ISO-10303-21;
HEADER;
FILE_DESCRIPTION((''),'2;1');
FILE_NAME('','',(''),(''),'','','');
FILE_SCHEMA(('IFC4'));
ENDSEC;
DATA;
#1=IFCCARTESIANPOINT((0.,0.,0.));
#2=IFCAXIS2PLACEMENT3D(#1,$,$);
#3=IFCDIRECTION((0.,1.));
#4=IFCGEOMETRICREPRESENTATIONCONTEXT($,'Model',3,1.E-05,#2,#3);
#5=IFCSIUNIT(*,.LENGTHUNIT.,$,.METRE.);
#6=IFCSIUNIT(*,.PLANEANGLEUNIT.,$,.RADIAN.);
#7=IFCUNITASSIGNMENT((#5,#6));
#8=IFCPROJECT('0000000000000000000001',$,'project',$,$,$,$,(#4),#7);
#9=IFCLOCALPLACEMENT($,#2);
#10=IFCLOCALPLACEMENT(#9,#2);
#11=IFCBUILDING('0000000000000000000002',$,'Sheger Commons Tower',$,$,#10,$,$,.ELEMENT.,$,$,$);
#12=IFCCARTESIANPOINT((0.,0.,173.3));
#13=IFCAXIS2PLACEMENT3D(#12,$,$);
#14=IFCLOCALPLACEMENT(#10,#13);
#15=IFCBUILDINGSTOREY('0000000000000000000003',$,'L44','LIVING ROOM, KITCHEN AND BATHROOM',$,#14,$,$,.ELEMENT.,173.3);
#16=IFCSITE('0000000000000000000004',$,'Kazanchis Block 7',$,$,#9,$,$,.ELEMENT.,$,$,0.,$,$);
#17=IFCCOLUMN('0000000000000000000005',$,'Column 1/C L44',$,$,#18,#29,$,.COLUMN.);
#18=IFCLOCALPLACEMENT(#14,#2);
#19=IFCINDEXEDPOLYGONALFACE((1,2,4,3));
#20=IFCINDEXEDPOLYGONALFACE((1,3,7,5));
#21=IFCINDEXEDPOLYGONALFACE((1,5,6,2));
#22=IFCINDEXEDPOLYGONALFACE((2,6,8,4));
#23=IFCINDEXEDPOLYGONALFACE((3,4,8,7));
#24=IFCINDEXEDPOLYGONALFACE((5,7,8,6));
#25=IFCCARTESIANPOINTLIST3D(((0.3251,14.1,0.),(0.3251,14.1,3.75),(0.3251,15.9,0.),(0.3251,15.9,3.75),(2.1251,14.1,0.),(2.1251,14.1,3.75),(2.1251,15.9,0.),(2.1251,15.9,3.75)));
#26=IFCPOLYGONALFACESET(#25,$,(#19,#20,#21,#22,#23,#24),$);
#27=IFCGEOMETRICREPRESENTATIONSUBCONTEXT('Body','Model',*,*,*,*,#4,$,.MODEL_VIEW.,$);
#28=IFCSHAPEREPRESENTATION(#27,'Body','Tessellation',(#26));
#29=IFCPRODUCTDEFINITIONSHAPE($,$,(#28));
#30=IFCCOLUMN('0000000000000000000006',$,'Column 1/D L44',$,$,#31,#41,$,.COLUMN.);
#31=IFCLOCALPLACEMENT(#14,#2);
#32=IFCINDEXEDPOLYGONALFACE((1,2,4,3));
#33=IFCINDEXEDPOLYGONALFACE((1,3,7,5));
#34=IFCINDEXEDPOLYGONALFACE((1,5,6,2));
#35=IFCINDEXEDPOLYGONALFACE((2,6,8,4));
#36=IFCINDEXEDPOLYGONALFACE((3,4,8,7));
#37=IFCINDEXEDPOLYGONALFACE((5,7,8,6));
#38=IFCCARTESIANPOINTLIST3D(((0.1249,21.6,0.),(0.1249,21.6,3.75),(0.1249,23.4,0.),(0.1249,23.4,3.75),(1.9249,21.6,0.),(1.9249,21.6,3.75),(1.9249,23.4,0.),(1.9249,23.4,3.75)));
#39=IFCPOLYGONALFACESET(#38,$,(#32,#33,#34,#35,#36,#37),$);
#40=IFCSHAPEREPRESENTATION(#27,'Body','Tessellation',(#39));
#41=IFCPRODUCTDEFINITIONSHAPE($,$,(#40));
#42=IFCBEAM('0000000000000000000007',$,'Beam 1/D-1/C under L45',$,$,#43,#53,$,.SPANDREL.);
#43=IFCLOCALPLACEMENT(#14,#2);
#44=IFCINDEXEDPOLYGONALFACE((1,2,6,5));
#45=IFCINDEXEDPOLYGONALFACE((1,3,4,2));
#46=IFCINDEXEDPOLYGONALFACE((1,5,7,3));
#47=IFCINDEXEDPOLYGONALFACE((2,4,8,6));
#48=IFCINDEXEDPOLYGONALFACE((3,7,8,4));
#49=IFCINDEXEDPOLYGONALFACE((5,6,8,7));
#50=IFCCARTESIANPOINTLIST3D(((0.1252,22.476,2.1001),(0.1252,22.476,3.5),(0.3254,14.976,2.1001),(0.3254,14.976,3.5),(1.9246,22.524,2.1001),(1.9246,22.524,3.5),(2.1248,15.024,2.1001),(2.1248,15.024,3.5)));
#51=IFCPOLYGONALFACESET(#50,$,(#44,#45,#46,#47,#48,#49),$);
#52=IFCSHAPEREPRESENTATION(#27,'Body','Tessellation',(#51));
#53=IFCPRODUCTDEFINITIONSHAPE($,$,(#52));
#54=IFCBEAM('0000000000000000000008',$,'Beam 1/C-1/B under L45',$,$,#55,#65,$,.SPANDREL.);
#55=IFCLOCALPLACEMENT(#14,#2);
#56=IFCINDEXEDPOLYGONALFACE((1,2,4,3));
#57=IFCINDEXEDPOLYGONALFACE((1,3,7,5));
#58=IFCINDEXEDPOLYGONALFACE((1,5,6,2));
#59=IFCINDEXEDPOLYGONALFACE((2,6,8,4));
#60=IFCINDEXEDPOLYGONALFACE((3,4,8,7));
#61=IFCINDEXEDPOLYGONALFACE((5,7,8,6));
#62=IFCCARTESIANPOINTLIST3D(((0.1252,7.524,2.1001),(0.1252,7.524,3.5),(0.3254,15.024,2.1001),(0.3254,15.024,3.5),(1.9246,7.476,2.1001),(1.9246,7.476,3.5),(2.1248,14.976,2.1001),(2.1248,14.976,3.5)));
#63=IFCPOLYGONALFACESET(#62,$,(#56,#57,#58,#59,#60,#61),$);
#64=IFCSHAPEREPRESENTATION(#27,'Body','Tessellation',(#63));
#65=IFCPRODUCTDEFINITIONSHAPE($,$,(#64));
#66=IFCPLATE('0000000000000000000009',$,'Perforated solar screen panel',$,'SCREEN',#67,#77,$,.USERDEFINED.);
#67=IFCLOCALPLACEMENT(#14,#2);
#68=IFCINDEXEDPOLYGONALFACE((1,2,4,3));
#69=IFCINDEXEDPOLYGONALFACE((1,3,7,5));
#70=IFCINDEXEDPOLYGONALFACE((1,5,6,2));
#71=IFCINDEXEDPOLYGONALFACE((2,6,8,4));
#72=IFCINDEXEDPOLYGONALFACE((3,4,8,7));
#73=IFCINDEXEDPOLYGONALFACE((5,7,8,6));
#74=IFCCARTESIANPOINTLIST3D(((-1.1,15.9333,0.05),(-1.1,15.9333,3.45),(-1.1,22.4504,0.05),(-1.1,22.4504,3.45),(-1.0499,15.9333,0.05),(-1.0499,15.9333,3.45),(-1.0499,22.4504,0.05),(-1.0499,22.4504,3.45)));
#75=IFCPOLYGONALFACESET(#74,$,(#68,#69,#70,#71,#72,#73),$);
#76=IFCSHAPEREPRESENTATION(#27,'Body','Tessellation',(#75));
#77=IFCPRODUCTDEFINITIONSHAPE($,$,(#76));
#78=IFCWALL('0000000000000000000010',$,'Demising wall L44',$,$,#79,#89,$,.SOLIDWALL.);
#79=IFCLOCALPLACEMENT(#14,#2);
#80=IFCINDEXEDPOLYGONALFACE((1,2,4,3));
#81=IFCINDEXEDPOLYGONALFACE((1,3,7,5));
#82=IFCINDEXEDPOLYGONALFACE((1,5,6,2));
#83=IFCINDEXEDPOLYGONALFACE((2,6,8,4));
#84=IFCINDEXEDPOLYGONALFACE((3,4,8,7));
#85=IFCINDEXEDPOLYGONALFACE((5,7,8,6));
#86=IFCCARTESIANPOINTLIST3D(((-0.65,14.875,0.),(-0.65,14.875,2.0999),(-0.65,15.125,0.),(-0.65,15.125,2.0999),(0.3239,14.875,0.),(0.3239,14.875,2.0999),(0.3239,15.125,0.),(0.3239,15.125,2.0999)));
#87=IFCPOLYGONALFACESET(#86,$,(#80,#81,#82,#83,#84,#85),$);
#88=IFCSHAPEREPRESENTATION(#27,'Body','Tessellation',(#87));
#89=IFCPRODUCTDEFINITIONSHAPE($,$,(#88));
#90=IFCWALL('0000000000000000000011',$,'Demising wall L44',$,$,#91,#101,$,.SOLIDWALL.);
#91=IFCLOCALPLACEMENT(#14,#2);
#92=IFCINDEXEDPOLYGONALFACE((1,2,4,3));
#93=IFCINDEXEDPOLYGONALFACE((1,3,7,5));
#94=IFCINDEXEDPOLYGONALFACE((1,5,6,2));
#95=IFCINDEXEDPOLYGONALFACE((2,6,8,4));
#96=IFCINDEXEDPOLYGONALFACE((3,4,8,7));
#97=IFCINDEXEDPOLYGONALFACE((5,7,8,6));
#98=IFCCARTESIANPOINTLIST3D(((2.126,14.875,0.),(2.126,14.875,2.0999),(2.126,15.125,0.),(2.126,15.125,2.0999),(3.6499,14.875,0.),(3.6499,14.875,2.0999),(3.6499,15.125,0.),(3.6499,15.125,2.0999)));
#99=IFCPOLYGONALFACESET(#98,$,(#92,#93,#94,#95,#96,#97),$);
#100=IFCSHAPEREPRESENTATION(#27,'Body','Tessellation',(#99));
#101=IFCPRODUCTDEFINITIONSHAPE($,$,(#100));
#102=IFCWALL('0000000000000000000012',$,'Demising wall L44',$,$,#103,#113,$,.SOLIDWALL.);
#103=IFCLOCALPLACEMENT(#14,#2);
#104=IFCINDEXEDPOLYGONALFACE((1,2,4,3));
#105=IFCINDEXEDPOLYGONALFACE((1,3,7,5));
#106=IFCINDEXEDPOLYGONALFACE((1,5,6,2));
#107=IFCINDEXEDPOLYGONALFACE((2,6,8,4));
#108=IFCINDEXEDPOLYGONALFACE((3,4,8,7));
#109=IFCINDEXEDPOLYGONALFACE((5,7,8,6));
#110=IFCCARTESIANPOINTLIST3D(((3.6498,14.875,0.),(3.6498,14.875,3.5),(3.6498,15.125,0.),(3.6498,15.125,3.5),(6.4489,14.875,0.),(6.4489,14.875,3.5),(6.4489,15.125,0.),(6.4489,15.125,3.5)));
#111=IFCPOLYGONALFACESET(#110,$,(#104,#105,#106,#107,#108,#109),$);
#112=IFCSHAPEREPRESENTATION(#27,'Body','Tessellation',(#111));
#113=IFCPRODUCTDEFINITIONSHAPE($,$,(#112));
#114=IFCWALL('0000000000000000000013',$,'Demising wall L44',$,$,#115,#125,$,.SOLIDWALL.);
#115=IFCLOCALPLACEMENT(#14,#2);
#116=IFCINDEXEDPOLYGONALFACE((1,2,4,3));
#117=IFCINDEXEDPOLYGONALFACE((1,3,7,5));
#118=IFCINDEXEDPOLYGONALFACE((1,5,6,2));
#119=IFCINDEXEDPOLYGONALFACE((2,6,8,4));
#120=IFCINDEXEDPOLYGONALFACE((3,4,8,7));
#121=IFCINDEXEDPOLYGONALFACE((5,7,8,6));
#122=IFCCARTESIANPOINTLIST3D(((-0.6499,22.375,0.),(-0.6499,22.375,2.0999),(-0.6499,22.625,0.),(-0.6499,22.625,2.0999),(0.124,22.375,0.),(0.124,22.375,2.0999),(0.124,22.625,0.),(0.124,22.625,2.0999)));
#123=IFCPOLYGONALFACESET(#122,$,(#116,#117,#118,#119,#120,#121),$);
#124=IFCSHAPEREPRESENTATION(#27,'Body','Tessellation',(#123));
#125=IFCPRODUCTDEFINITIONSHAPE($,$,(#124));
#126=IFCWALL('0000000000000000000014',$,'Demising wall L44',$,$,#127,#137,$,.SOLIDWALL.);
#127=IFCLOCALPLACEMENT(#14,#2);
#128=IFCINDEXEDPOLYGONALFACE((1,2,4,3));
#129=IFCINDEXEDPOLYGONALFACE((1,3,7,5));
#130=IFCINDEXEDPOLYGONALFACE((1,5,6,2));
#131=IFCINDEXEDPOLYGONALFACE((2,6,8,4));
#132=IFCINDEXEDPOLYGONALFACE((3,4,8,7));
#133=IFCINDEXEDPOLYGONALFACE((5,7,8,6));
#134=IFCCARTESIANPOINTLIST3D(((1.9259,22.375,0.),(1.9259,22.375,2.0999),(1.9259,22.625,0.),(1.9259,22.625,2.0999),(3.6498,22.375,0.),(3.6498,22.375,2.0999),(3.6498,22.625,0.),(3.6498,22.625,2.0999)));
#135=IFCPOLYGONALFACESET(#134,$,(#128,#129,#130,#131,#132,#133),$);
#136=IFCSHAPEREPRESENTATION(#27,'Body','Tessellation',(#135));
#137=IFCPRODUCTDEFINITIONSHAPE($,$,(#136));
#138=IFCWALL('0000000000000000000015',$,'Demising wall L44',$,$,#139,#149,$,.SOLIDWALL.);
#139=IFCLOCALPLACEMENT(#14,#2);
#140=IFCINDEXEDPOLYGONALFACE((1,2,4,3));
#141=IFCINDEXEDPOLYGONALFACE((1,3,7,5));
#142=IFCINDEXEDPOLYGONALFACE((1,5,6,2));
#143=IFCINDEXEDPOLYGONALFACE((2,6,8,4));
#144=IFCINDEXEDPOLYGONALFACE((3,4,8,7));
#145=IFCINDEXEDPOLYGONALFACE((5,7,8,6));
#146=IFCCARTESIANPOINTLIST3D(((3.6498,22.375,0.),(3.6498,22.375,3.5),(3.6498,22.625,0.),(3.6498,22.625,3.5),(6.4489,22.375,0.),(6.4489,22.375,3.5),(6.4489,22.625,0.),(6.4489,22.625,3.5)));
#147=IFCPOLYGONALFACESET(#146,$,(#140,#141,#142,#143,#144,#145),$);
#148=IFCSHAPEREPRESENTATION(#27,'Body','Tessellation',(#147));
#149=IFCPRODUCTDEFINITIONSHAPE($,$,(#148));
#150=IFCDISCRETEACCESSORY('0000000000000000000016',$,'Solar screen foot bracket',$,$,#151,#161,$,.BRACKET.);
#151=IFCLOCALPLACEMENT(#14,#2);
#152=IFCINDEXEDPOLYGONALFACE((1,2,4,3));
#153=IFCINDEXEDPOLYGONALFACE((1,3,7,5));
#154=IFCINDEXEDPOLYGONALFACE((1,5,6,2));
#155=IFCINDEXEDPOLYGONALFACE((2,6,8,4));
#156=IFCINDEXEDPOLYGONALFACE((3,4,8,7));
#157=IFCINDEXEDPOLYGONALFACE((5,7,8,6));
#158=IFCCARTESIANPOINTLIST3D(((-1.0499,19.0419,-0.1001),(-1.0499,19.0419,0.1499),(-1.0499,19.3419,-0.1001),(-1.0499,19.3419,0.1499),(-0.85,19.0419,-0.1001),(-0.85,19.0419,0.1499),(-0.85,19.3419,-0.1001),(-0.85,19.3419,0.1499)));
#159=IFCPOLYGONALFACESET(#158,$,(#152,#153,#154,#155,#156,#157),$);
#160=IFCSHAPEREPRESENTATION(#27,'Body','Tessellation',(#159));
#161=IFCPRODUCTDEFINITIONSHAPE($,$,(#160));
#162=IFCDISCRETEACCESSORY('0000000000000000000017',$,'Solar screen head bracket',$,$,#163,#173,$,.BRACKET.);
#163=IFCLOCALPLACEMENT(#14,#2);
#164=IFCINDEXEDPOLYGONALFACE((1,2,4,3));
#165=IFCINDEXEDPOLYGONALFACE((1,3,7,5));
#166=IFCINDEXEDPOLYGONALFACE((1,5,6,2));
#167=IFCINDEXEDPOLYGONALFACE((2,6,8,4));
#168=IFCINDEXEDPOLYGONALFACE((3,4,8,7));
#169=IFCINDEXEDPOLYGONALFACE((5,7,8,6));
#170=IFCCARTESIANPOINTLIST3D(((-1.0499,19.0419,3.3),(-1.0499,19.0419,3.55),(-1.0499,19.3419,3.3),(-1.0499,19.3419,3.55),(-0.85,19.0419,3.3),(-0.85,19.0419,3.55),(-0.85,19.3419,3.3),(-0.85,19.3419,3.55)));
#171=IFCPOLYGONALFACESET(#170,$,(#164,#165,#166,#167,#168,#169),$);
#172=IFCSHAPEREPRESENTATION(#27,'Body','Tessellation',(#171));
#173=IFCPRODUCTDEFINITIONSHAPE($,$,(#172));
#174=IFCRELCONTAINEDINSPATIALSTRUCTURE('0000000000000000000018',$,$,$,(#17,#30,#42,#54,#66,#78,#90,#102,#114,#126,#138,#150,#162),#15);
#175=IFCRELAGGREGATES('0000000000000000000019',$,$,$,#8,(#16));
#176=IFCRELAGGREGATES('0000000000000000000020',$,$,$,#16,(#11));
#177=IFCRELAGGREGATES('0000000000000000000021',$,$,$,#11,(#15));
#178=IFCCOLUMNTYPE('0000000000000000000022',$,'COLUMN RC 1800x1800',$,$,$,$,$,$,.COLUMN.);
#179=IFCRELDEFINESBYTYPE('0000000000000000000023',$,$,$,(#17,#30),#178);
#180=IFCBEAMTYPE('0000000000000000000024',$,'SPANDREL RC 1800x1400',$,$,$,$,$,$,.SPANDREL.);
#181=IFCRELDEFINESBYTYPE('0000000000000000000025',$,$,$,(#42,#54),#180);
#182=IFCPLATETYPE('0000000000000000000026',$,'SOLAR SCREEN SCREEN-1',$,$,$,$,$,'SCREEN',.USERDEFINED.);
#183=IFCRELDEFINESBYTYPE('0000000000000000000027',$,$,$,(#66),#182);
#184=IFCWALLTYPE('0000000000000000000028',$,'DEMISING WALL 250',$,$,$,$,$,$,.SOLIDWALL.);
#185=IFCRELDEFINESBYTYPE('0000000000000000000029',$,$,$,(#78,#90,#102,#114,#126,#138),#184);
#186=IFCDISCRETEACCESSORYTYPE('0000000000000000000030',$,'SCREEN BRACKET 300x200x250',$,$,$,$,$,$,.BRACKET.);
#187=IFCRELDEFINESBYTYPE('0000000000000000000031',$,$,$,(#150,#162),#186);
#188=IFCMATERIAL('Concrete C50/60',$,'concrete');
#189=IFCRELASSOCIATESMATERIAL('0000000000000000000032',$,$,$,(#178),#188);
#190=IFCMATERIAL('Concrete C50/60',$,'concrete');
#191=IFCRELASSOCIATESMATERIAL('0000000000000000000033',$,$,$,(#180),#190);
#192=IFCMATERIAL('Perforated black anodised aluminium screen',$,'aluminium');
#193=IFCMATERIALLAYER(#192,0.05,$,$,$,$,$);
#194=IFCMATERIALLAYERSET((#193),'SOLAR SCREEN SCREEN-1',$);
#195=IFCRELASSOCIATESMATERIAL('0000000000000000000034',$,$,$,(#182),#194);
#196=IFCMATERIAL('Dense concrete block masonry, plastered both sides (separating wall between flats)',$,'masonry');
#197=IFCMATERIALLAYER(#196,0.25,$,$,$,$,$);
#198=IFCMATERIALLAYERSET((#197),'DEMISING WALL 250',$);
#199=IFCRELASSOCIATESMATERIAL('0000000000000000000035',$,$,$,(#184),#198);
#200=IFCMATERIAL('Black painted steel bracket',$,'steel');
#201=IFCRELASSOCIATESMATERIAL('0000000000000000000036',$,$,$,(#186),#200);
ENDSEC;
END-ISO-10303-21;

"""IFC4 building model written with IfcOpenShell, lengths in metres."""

from ifc_helpers import new_model, si_unit, direction, frame, frame_2d, origin, origin_2d, place, context, subcontext, project, spatial, rectangle, extrude, material, layer, layer_set, material_profile, profile_set, type_object, element, save


model = new_model("IFC4")

# Units and contexts
model_context = context("Model", 3, precision=1e-05, world=origin(), true_north=direction((0.0, 1.0)))
body_context = subcontext(model_context, "Body", "Model", "MODEL_VIEW")
ifc_project = project(units=[si_unit("LENGTHUNIT", "METRE"), si_unit("PLANEANGLEUNIT", "RADIAN")], contexts=[model_context])

# Site, building, storey
site_placement = place(None, origin())
site = spatial("IfcSite", under=ifc_project, at=site_placement, Name="Kazanchis Block 7", CompositionType="ELEMENT", RefElevation=0.0)
building_placement = place(site_placement, origin())
building = spatial("IfcBuilding", under=site, at=building_placement, Name="Sheger Commons Tower", CompositionType="ELEMENT")
storey_placement = place(building_placement, frame((0.0, 0.0, 173.3)))
storey = spatial("IfcBuildingStorey", under=building, at=storey_placement, Name="L44", Description="LIVING ROOM, KITCHEN AND BATHROOM", CompositionType="ELEMENT", Elevation=173.3)

# Columns
ifc_material_1 = material(Name="Concrete C50/60", Category="concrete")
ifc_material_profile_1 = material_profile(ifc_material_1, rectangle(XDim=1.8, YDim=1.8, at=origin_2d()), Name="RC 1800x1800")
ifc_profile_set_1 = profile_set([ifc_material_profile_1], Name="Concrete C50/60")
column_type = type_object("IfcColumnType", Name="COLUMN RC 1800x1800", PredefinedType="COLUMN", material=ifc_profile_set_1)
for number, where, z_axis, x_axis, name in (
    (1, (1.2251, 15.0, 0.0), (0.0, 0.0, 1.0), (1.0, 0.0, 0.0), "Column 1/C L44"),
    (2, (1.0249, 22.5, 0.0), (0.0, 0.0, 1.0), (1.0, 0.0, 0.0), "Column 1/D L44"),
):
    element("IfcColumn", number, at=place(storey_placement, frame(where, z_axis=z_axis, x_axis=x_axis)), inside=storey, type_object=column_type, Name=name, PredefinedType="COLUMN", context=body_context, shape_type="SweptSolid", body=[
        extrude(rectangle(XDim=1.8, YDim=1.8, at=origin_2d()), origin(), (0.0, 0.0, 1.0), 3.75),
    ])

# Beams
ifc_material_2 = material(Name="Concrete C50/60", Category="concrete")
ifc_material_profile_2 = material_profile(ifc_material_2, rectangle(XDim=1.8, YDim=1.3999, at=origin_2d()), Name="RC 1800x1400")
ifc_profile_set_2 = profile_set([ifc_material_profile_2], Name="Concrete C50/60")
beam_type = type_object("IfcBeamType", Name="SPANDREL RC 1800x1400", PredefinedType="SPANDREL", material=ifc_profile_set_2)
for number, where, z_axis, x_axis, name in (
    (3, (1.0249, 22.5, 2.8), (0.026683, -0.999644, 0.0), (0.999644, 0.026683, 0.0), "Beam 1/D-1/C under L45"),
    (4, (1.2251, 15.0, 2.8), (-0.026683, -0.999644, 0.0), (0.999644, -0.026683, 0.0), "Beam 1/C-1/B under L45"),
):
    element("IfcBeam", number, at=place(storey_placement, frame(where, z_axis=z_axis, x_axis=x_axis)), inside=storey, type_object=beam_type, Name=name, PredefinedType="SPANDREL", context=body_context, shape_type="SweptSolid", body=[
        extrude(rectangle(XDim=1.8, YDim=1.3999, at=origin_2d()), origin(), (0.0, 0.0, 1.0), 7.5027),
    ])

# Plate
ifc_material_3 = material(Name="Perforated black anodised aluminium screen", Category="aluminium")
ifc_layer_1 = layer(ifc_material_3, 0.05)
ifc_layer_set_1 = layer_set([ifc_layer_1], Name="SOLAR SCREEN SCREEN-1")
plate_type = type_object("IfcPlateType", Name="SOLAR SCREEN SCREEN-1", ElementType="SCREEN", PredefinedType="USERDEFINED", material=ifc_layer_set_1)
plate_placement = place(storey_placement, frame((-1.075, 19.1919, 0.05), z_axis=(0.0, 0.0, 1.0), x_axis=(0.0, -1.0, 0.0)))
element("IfcPlate", 5, at=plate_placement, inside=storey, type_object=plate_type, Name="Perforated solar screen panel", ObjectType="SCREEN", PredefinedType="USERDEFINED", context=body_context, shape_type="SweptSolid", body=[
    extrude(rectangle(XDim=6.5171, YDim=0.05, at=origin_2d()), origin(), (0.0, 0.0, 1.0), 3.3999),
])

# Walls
ifc_material_4 = material(Name="Dense concrete block masonry, plastered both sides (separating wall between flats)", Category="masonry")
ifc_layer_2 = layer(ifc_material_4, 0.25)
ifc_layer_set_2 = layer_set([ifc_layer_2], Name="DEMISING WALL 250")
wall_type = type_object("IfcWallType", Name="DEMISING WALL 250", PredefinedType="SOLIDWALL", material=ifc_layer_set_2)
wall_1_placement = place(storey_placement, frame((-0.6499, 15.0, 0.0), z_axis=(0.0, 0.0, 1.0), x_axis=(1.0, 0.0, 0.0)))
element("IfcWall", 6, at=wall_1_placement, inside=storey, type_object=wall_type, Name="Demising wall L44", PredefinedType="SOLIDWALL", context=body_context, shape_type="SweptSolid", body=[
    extrude(rectangle(XDim=0.9739, YDim=0.25, at=frame_2d((0.4868, 0.0))), origin(), (0.0, 0.0, 1.0), 2.0999),
])
wall_2_placement = place(storey_placement, frame((2.126, 15.0, 0.0), z_axis=(0.0, 0.0, 1.0), x_axis=(1.0, 0.0, 0.0)))
element("IfcWall", 7, at=wall_2_placement, inside=storey, type_object=wall_type, Name="Demising wall L44", PredefinedType="SOLIDWALL", context=body_context, shape_type="SweptSolid", body=[
    extrude(rectangle(XDim=1.5239, YDim=0.25, at=frame_2d((0.762, 0.0))), origin(), (0.0, 0.0, 1.0), 2.0999),
])
wall_3_placement = place(storey_placement, frame((3.6499, 15.0, 0.0), z_axis=(0.0, 0.0, 1.0), x_axis=(1.0, 0.0, 0.0)))
element("IfcWall", 8, at=wall_3_placement, inside=storey, type_object=wall_type, Name="Demising wall L44", PredefinedType="SOLIDWALL", context=body_context, shape_type="SweptSolid", body=[
    extrude(rectangle(XDim=2.7991, YDim=0.25, at=frame_2d((1.3994, 0.0))), origin(), (0.0, 0.0, 1.0), 3.5),
])
wall_4_placement = place(storey_placement, frame((-0.6499, 22.5, 0.0), z_axis=(0.0, 0.0, 1.0), x_axis=(1.0, 0.0, 0.0)))
element("IfcWall", 9, at=wall_4_placement, inside=storey, type_object=wall_type, Name="Demising wall L44", PredefinedType="SOLIDWALL", context=body_context, shape_type="SweptSolid", body=[
    extrude(rectangle(XDim=0.7739, YDim=0.25, at=frame_2d((0.387, 0.0))), origin(), (0.0, 0.0, 1.0), 2.0999),
])
wall_5_placement = place(storey_placement, frame((1.926, 22.5, 0.0), z_axis=(0.0, 0.0, 1.0), x_axis=(1.0, 0.0, 0.0)))
element("IfcWall", 10, at=wall_5_placement, inside=storey, type_object=wall_type, Name="Demising wall L44", PredefinedType="SOLIDWALL", context=body_context, shape_type="SweptSolid", body=[
    extrude(rectangle(XDim=1.7239, YDim=0.25, at=frame_2d((0.8618, 0.0))), origin(), (0.0, 0.0, 1.0), 2.0999),
])
wall_6_placement = place(storey_placement, frame((3.6499, 22.5, 0.0), z_axis=(0.0, 0.0, 1.0), x_axis=(1.0, 0.0, 0.0)))
element("IfcWall", 11, at=wall_6_placement, inside=storey, type_object=wall_type, Name="Demising wall L44", PredefinedType="SOLIDWALL", context=body_context, shape_type="SweptSolid", body=[
    extrude(rectangle(XDim=2.7991, YDim=0.25, at=frame_2d((1.3994, 0.0))), origin(), (0.0, 0.0, 1.0), 3.5),
])

# Discrete accessories
ifc_material_5 = material(Name="Black painted steel bracket", Category="steel")
discrete_accessory_type = type_object("IfcDiscreteAccessoryType", Name="SCREEN BRACKET 300x200x250", PredefinedType="BRACKET", material=ifc_material_5)
for number, where, z_axis, x_axis, name in (
    (12, (-0.95, 19.1919, -0.1001), (0.0, 0.0, 1.0), (0.0, -1.0, 0.0), "Solar screen foot bracket"),
    (13, (-0.95, 19.1919, 3.3), (0.0, 0.0, 1.0), (0.0, -1.0, 0.0), "Solar screen head bracket"),
):
    element("IfcDiscreteAccessory", number, at=place(storey_placement, frame(where, z_axis=z_axis, x_axis=x_axis)), inside=storey, type_object=discrete_accessory_type, Name=name, PredefinedType="BRACKET", context=body_context, shape_type="SweptSolid", body=[
        extrude(rectangle(XDim=0.3, YDim=0.2, at=origin_2d()), origin(), (0.0, 0.0, 1.0), 0.25),
    ])

save(model, "model.ifc")
